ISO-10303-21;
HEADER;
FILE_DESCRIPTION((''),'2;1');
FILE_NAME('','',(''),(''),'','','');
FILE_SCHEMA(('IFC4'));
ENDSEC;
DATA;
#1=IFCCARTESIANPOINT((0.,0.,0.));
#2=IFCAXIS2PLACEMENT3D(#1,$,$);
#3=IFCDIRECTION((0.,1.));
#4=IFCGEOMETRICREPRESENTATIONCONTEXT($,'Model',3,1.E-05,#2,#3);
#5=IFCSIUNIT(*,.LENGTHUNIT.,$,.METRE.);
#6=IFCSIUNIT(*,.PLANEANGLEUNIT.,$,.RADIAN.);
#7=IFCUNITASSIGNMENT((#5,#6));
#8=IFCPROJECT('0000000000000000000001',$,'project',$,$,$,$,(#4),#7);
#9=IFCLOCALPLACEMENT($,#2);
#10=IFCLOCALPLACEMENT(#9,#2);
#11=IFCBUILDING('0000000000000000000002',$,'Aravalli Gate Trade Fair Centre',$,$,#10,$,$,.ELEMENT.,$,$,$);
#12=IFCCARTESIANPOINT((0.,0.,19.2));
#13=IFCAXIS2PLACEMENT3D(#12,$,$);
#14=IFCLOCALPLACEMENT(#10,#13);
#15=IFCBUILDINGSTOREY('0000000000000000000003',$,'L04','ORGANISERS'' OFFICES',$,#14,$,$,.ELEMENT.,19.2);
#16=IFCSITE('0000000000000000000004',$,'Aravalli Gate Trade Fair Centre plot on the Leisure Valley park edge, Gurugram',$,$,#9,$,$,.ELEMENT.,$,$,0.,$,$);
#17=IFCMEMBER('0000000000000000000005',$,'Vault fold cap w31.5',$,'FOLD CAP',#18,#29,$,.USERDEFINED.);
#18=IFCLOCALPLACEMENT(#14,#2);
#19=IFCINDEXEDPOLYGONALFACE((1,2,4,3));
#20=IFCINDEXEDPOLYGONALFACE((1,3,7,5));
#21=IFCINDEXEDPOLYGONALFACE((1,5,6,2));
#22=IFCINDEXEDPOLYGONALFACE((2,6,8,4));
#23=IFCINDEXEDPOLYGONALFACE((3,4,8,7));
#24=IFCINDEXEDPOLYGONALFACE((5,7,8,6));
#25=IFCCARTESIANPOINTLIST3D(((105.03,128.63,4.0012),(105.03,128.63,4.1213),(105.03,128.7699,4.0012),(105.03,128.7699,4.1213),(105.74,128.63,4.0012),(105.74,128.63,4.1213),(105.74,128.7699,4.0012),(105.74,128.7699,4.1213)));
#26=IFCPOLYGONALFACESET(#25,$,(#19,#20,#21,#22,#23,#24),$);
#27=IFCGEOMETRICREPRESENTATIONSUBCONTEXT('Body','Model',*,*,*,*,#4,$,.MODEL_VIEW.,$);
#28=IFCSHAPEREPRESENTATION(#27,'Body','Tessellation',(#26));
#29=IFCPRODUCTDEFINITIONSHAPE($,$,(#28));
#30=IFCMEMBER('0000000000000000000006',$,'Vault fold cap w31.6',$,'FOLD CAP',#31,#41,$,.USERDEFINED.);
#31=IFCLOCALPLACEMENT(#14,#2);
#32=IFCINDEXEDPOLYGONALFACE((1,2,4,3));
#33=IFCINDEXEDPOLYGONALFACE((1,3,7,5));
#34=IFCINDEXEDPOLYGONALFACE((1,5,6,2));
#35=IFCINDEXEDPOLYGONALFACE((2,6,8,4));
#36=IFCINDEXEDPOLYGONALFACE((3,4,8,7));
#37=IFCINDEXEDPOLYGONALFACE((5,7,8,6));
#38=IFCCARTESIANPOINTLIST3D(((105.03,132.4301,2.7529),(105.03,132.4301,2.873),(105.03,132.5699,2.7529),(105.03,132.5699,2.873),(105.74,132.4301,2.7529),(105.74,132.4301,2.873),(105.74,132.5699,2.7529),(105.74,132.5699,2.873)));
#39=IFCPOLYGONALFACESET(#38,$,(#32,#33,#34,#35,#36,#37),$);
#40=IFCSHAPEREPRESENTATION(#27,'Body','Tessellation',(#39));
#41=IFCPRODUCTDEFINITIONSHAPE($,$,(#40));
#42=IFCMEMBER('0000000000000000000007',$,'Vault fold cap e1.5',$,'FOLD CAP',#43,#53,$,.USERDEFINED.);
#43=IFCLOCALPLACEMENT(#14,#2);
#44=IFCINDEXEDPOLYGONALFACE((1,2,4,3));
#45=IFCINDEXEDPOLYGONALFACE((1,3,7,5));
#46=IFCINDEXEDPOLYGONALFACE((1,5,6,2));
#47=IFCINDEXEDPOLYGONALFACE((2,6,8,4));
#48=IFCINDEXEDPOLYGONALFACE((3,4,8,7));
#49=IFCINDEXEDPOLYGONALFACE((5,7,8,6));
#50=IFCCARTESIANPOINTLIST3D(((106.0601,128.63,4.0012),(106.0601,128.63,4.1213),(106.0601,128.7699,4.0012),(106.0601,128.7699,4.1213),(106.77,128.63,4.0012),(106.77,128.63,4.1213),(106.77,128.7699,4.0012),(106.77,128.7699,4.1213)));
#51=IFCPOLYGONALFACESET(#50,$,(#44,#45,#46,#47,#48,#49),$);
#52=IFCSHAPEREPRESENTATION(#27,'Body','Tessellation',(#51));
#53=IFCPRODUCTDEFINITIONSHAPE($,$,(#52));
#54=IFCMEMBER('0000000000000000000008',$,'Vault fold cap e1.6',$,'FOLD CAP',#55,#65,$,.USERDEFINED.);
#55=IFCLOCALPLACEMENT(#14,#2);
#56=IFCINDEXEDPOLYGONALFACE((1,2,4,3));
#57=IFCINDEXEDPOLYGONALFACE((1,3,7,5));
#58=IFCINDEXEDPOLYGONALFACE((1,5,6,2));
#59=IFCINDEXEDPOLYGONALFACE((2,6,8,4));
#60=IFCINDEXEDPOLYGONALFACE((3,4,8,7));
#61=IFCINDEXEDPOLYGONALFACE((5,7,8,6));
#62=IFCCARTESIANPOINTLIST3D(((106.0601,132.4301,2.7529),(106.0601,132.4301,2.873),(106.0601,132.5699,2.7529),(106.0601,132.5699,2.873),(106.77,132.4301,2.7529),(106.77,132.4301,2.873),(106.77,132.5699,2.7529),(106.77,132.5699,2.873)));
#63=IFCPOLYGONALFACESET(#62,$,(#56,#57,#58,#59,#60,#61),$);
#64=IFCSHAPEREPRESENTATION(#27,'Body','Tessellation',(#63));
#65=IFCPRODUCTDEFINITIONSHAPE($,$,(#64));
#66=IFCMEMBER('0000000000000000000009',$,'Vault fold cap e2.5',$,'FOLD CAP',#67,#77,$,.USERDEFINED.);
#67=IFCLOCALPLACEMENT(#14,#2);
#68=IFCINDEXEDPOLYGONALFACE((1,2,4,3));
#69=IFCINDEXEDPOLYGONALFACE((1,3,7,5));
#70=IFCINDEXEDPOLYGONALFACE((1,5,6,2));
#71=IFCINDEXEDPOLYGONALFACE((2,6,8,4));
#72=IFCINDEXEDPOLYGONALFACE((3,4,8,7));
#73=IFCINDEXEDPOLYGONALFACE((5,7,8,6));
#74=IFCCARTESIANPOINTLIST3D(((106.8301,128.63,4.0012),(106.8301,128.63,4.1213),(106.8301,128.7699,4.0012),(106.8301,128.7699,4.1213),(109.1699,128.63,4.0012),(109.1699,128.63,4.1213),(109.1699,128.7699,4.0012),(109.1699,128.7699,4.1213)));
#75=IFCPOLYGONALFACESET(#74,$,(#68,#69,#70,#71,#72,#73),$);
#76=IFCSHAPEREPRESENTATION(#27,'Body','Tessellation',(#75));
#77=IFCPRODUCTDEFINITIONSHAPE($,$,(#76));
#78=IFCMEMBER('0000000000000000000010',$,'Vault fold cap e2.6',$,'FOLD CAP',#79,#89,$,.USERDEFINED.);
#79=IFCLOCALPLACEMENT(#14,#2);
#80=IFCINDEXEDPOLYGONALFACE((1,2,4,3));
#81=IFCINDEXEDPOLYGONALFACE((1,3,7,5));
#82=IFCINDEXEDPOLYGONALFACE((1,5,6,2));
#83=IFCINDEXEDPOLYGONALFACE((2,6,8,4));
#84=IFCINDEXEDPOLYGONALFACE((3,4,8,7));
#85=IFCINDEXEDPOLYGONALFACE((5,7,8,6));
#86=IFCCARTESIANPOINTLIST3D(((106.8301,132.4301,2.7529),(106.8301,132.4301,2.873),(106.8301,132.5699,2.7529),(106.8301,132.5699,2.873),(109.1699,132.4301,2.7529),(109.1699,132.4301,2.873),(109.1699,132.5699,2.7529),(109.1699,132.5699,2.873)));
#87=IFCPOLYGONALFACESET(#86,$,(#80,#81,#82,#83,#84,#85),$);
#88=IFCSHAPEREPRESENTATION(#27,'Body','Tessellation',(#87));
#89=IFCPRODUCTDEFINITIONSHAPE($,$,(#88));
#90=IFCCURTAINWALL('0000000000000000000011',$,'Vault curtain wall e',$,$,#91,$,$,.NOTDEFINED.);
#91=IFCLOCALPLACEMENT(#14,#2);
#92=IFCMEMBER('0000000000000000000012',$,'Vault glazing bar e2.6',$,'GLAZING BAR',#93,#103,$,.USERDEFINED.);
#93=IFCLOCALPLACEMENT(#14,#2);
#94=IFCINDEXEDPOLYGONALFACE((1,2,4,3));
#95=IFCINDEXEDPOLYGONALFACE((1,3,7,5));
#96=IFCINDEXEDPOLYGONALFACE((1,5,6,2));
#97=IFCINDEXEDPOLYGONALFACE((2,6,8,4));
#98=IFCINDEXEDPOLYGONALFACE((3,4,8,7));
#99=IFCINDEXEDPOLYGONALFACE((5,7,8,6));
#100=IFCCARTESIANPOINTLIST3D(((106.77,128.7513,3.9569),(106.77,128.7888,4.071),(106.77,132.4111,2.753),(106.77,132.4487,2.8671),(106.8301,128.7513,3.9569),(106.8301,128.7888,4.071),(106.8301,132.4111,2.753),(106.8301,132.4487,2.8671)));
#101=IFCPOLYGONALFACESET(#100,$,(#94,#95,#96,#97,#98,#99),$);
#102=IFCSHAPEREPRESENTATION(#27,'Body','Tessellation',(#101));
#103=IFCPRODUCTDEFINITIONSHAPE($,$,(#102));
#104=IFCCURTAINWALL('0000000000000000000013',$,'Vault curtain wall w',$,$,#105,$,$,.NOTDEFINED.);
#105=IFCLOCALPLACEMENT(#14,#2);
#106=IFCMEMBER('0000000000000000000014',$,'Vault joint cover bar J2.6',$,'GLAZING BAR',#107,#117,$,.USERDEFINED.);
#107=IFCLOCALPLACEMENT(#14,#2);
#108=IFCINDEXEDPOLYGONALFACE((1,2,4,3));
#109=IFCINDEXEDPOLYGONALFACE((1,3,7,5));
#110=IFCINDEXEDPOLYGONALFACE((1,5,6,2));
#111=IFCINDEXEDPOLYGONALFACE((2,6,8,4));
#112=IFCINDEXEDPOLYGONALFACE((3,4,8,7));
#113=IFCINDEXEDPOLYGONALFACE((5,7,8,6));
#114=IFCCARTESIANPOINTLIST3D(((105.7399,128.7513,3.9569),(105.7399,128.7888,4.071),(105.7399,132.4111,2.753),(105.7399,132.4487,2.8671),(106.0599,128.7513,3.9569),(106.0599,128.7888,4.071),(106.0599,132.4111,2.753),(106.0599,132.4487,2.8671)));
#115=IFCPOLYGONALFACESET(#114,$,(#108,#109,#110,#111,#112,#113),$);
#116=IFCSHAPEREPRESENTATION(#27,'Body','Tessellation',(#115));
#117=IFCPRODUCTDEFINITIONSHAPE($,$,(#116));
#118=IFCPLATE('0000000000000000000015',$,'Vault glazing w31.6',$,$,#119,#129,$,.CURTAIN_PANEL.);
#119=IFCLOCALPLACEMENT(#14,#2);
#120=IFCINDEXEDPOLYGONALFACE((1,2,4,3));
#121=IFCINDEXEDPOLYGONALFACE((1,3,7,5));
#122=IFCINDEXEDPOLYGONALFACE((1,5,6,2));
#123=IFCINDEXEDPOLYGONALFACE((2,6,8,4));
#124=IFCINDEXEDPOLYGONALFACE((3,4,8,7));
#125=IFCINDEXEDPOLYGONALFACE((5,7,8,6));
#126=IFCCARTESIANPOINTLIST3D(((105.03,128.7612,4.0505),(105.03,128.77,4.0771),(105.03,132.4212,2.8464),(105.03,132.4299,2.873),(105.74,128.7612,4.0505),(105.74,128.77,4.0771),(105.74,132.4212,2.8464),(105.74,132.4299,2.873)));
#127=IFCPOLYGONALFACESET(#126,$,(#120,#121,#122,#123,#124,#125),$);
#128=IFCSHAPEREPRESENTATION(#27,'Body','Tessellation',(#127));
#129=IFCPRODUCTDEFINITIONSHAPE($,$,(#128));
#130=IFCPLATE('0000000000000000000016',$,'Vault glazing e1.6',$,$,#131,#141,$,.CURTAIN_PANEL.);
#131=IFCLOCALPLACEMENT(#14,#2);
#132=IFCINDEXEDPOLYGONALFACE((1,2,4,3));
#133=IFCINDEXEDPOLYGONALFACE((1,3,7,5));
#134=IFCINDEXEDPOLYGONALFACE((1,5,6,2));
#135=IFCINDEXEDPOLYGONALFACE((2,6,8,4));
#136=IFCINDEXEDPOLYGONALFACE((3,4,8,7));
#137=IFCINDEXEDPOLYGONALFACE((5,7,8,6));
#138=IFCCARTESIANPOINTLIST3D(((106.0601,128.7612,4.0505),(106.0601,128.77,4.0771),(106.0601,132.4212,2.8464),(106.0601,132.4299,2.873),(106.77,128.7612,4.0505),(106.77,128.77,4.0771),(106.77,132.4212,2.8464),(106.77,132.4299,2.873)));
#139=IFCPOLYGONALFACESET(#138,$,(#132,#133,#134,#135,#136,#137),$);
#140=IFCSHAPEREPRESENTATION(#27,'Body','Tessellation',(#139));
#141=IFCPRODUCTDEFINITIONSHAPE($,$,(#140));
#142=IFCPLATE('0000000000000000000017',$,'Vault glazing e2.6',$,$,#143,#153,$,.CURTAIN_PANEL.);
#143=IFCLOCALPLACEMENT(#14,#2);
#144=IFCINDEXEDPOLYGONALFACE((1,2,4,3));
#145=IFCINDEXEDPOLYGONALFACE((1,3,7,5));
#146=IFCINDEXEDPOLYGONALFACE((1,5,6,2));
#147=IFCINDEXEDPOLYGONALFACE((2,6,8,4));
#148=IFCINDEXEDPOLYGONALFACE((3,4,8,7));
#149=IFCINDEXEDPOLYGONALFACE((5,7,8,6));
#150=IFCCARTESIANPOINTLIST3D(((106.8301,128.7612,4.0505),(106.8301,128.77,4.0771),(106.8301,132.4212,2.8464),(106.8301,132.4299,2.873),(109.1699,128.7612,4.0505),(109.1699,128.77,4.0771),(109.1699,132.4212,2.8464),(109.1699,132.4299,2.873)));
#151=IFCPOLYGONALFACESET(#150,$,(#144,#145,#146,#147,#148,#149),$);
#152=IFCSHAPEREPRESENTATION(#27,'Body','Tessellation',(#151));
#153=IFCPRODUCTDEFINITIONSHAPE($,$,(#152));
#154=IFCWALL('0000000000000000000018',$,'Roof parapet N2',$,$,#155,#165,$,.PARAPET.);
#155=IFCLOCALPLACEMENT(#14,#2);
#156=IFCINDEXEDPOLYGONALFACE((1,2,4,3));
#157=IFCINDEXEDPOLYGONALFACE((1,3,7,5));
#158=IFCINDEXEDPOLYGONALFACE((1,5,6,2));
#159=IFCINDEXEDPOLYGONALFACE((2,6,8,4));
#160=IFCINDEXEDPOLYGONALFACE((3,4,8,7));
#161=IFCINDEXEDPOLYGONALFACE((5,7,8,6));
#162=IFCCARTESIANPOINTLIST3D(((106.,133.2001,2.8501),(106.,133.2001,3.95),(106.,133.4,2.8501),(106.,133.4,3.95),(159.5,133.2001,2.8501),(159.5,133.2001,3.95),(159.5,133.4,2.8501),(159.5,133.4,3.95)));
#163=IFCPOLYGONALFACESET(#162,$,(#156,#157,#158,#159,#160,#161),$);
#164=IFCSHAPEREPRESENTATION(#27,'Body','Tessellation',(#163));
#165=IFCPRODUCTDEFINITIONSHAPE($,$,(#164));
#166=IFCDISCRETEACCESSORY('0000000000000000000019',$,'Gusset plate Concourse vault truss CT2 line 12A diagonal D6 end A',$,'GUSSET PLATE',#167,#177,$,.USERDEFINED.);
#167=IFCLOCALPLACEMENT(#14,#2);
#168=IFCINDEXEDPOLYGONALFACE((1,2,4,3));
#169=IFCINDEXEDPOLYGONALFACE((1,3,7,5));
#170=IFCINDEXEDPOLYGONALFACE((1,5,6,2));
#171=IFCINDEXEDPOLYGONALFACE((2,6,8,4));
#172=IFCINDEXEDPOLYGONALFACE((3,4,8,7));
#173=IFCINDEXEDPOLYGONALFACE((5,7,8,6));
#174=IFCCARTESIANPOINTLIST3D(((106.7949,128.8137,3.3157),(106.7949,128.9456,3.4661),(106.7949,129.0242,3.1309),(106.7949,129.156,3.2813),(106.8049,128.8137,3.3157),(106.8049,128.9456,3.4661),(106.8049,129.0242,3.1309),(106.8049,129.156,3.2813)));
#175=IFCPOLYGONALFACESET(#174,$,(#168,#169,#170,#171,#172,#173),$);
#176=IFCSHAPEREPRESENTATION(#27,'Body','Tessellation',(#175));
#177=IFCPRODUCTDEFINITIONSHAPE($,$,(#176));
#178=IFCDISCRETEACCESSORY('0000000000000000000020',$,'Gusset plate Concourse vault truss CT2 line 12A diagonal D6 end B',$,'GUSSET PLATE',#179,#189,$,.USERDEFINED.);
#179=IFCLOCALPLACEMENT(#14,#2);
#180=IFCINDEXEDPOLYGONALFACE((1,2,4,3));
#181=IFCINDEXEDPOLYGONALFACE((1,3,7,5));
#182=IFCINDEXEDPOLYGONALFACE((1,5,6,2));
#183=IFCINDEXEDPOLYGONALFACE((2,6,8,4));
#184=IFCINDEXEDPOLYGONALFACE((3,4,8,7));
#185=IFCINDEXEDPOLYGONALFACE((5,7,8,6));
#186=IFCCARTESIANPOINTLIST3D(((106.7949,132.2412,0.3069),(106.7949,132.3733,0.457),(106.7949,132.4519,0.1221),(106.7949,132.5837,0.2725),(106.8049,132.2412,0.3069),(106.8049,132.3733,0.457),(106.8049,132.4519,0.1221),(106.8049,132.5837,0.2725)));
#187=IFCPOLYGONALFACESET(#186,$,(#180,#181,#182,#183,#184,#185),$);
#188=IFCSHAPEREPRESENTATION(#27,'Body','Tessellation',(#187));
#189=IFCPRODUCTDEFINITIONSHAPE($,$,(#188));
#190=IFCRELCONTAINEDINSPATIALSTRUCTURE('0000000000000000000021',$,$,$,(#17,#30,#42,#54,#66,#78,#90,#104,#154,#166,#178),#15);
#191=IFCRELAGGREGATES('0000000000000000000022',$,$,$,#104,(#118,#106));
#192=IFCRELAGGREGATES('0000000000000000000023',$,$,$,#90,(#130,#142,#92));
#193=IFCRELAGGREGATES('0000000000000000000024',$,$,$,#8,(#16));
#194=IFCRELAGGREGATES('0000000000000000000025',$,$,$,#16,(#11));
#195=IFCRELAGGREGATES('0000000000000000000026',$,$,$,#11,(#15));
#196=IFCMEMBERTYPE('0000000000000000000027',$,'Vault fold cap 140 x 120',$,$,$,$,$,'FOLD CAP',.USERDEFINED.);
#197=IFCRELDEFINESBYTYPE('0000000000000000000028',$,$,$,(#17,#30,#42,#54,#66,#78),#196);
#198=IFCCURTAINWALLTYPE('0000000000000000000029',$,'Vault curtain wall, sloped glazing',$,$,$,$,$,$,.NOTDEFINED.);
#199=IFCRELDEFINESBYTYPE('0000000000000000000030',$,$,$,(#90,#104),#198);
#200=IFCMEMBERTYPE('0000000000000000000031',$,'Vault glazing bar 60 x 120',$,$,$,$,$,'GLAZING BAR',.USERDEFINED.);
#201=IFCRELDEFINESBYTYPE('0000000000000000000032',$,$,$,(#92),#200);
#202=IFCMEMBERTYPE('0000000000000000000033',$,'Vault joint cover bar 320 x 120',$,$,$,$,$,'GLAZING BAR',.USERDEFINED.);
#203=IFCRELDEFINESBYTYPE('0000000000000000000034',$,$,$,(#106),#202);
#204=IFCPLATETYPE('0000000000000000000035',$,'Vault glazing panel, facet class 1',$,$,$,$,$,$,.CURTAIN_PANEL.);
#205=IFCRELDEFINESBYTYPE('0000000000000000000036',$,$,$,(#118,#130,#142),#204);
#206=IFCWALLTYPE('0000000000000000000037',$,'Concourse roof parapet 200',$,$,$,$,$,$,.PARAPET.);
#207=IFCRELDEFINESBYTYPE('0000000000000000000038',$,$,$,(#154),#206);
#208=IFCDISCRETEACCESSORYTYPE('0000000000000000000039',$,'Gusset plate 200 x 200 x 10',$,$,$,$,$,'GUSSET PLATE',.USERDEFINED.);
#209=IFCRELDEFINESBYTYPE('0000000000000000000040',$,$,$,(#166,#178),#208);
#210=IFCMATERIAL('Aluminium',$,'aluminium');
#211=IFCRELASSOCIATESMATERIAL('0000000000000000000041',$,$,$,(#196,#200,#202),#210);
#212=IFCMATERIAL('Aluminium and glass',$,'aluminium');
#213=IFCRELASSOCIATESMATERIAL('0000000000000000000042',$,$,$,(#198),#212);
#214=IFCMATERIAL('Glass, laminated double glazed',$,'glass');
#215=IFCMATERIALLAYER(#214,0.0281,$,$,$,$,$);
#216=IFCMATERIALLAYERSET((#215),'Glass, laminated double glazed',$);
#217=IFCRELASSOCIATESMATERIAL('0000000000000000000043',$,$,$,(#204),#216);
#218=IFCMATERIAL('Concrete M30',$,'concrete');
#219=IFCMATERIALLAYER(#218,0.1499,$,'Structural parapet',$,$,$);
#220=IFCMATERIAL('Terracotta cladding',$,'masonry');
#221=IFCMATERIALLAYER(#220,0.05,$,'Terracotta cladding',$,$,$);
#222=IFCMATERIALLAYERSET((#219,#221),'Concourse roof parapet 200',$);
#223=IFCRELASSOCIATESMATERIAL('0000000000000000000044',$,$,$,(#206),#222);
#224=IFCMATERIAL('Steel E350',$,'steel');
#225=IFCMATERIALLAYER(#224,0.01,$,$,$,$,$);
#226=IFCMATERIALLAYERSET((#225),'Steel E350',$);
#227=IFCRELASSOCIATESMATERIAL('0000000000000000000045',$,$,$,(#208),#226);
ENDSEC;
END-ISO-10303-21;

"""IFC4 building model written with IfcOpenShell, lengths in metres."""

from ifc_helpers import new_model, si_unit, direction, frame, frame_2d, origin, origin_2d, place, context, subcontext, project, spatial, polyline, rectangle, outline, extrude, material, layer, layer_set, material_profile, profile_set, type_object, element, aggregate, save


model = new_model("IFC4")

# Units and contexts
model_context = context("Model", 3, precision=1e-05, world=origin(), true_north=direction((0.0, 1.0)))
body_context = subcontext(model_context, "Body", "Model", "MODEL_VIEW")
ifc_project = project(units=[si_unit("LENGTHUNIT", "METRE"), si_unit("PLANEANGLEUNIT", "RADIAN")], contexts=[model_context])

# Site, building, storey
site_placement = place(None, origin())
site = spatial("IfcSite", under=ifc_project, at=site_placement, Name="Aravalli Gate Trade Fair Centre plot on the Leisure Valley park edge, Gurugram", CompositionType="ELEMENT", RefElevation=0.0)
building_placement = place(site_placement, origin())
building = spatial("IfcBuilding", under=site, at=building_placement, Name="Aravalli Gate Trade Fair Centre", CompositionType="ELEMENT")
storey_placement = place(building_placement, frame((0.0, 0.0, 19.2)))
storey = spatial("IfcBuildingStorey", under=building, at=storey_placement, Name="L04", Description="ORGANISERS' OFFICES", CompositionType="ELEMENT", Elevation=19.2)

# Members
ifc_material_1 = material(Name="Steel E350", Category="steel")
ifc_material_2 = material(Name="Aluminium", Category="aluminium")
ifc_material_profile_1 = material_profile(ifc_material_2, rectangle(XDim=0.1399, YDim=0.1201, at=origin_2d()), Name="Vault fold cap 140 x 120")
ifc_profile_set_1 = profile_set([ifc_material_profile_1], Name="Aluminium")
member_type_1 = type_object("IfcMemberType", Name="Vault fold cap 140 x 120", ElementType="FOLD CAP", PredefinedType="USERDEFINED", material=ifc_profile_set_1)
for number, where, z_axis, x_axis, name in (
    (1, (105.03, 128.7, 4.0613), (1.0, 0.0, 0.0), (0.0, 1.0, 0.0), "Vault fold cap w31.5"),
    (2, (105.03, 132.5, 2.813), (1.0, 0.0, 0.0), (0.0, 1.0, 0.0), "Vault fold cap w31.6"),
    (3, (106.0601, 128.7, 4.0613), (1.0, 0.0, 0.0), (0.0, 1.0, 0.0), "Vault fold cap e1.5"),
    (4, (106.0601, 132.5, 2.813), (1.0, 0.0, 0.0), (0.0, 1.0, 0.0), "Vault fold cap e1.6"),
):
    element("IfcMember", number, at=place(storey_placement, frame(where, z_axis=z_axis, x_axis=x_axis)), inside=storey, type_object=member_type_1, Name=name, ObjectType="FOLD CAP", PredefinedType="USERDEFINED", context=body_context, shape_type="SweptSolid", body=[
        extrude(rectangle(XDim=0.1399, YDim=0.1201, at=origin_2d()), origin(), (0.0, 0.0, 1.0), 0.71),
    ])
for number, where, z_axis, x_axis, name in (
    (5, (106.8301, 128.7, 4.0613), (1.0, 0.0, 0.0), (0.0, 1.0, 0.0), "Vault fold cap e2.5"),
    (6, (106.8301, 132.5, 2.813), (1.0, 0.0, 0.0), (0.0, 1.0, 0.0), "Vault fold cap e2.6"),
):
    element("IfcMember", number, at=place(storey_placement, frame(where, z_axis=z_axis, x_axis=x_axis)), inside=storey, type_object=member_type_1, Name=name, ObjectType="FOLD CAP", PredefinedType="USERDEFINED", context=body_context, shape_type="SweptSolid", body=[
        extrude(rectangle(XDim=0.1399, YDim=0.1201, at=origin_2d()), origin(), (0.0, 0.0, 1.0), 2.3398),
    ])

# Curtain wall, member
ifc_material_3 = material(Name="Aluminium and glass", Category="aluminium")
curtain_wall_type = type_object("IfcCurtainWallType", Name="Vault curtain wall, sloped glazing", PredefinedType="NOTDEFINED", material=ifc_material_3)
curtain_wall_1_placement = place(storey_placement, origin())
curtain_wall_1 = element("IfcCurtainWall", 7, at=curtain_wall_1_placement, inside=storey, type_object=curtain_wall_type, Name="Vault curtain wall e", PredefinedType="NOTDEFINED")
ifc_material_profile_2 = material_profile(ifc_material_2, rectangle(XDim=0.0601, YDim=0.1201, at=origin_2d()), Name="Vault glazing bar 60 x 120")
ifc_profile_set_2 = profile_set([ifc_material_profile_2], Name="Aluminium")
member_type_2 = type_object("IfcMemberType", Name="Vault glazing bar 60 x 120", ElementType="GLAZING BAR", PredefinedType="USERDEFINED", material=ifc_profile_set_2)
member_1_placement = place(storey_placement, frame((106.8, 128.77, 4.0139), z_axis=(0.0, 0.94993, -0.312461), x_axis=(-1.0, 0.0, 0.0)))
member_1 = element("IfcMember", 8, at=member_1_placement, type_object=member_type_2, Name="Vault glazing bar e2.6", ObjectType="GLAZING BAR", PredefinedType="USERDEFINED", context=body_context, shape_type="SweptSolid", body=[
    extrude(rectangle(XDim=0.0601, YDim=0.1201, at=origin_2d()), origin(), (0.0, 0.0, 1.0), 3.8528),
])

# Curtain wall, member, plate
curtain_wall_2_placement = place(storey_placement, origin())
curtain_wall_2 = element("IfcCurtainWall", 9, at=curtain_wall_2_placement, inside=storey, type_object=curtain_wall_type, Name="Vault curtain wall w", PredefinedType="NOTDEFINED")
ifc_material_profile_3 = material_profile(ifc_material_2, rectangle(XDim=0.3201, YDim=0.1201, at=origin_2d()), Name="Vault joint cover bar 320 x 120")
ifc_profile_set_3 = profile_set([ifc_material_profile_3], Name="Aluminium")
member_type_3 = type_object("IfcMemberType", Name="Vault joint cover bar 320 x 120", ElementType="GLAZING BAR", PredefinedType="USERDEFINED", material=ifc_profile_set_3)
member_2_placement = place(storey_placement, frame((105.8999, 128.77, 4.0139), z_axis=(0.0, 0.94993, -0.312461), x_axis=(-1.0, 0.0, 0.0)))
member_2 = element("IfcMember", 10, at=member_2_placement, type_object=member_type_3, Name="Vault joint cover bar J2.6", ObjectType="GLAZING BAR", PredefinedType="USERDEFINED", context=body_context, shape_type="SweptSolid", body=[
    extrude(rectangle(XDim=0.3201, YDim=0.1201, at=origin_2d()), origin(), (0.0, 0.0, 1.0), 3.8528),
])
ifc_material_4 = material(Name="Glass, laminated double glazed", Category="glass")
ifc_layer_1 = layer(ifc_material_4, 0.0281)
ifc_layer_set_1 = layer_set([ifc_layer_1], Name="Glass, laminated double glazed")
plate_type = type_object("IfcPlateType", Name="Vault glazing panel, facet class 1", PredefinedType="CURTAIN_PANEL", material=ifc_layer_set_1)
plate_1_placement = place(storey_placement, frame((105.03, 128.77, 4.0771), z_axis=(0.0, 0.312518, 0.949912), x_axis=(1.0, 0.0, 0.0)))
plate_1 = element("IfcPlate", 11, at=plate_1_placement, type_object=plate_type, Name="Vault glazing w31.6", PredefinedType="CURTAIN_PANEL", context=body_context, shape_type="SweptSolid", body=[
    extrude(outline(polyline([(0.0, 0.0), (0.71, 0.0), (0.71, 3.8529), (0.0, 3.8529), (0.0, 0.0)])), origin(), (0.0, 0.0, -1.0), 0.0281),
])
aggregate(curtain_wall_2, [plate_1, member_2])

# Plates
plate_2_placement = place(storey_placement, frame((106.0601, 128.77, 4.0771), z_axis=(0.0, 0.312518, 0.949912), x_axis=(1.0, 0.0, 0.0)))
plate_2 = element("IfcPlate", 12, at=plate_2_placement, type_object=plate_type, Name="Vault glazing e1.6", PredefinedType="CURTAIN_PANEL", context=body_context, shape_type="SweptSolid", body=[
    extrude(outline(polyline([(0.0, 0.0), (0.71, 0.0), (0.71, 3.8529), (0.0, 3.8529), (0.0, 0.0)])), origin(), (0.0, 0.0, -1.0), 0.0281),
])
plate_3_placement = place(storey_placement, frame((106.8301, 128.77, 4.0771), z_axis=(0.0, 0.312518, 0.949912), x_axis=(1.0, 0.0, 0.0)))
plate_3 = element("IfcPlate", 13, at=plate_3_placement, type_object=plate_type, Name="Vault glazing e2.6", PredefinedType="CURTAIN_PANEL", context=body_context, shape_type="SweptSolid", body=[
    extrude(outline(polyline([(0.0, 0.0), (2.3398, 0.0), (2.3398, 3.8529), (0.0, 3.8529), (0.0, 0.0)])), origin(), (0.0, 0.0, -1.0), 0.0281),
])
aggregate(curtain_wall_1, [plate_2, plate_3, member_1])

# Wall
ifc_material_5 = material(Name="Concrete M30", Category="concrete")
ifc_layer_2 = layer(ifc_material_5, 0.1499, Name="Structural parapet")
ifc_material_6 = material(Name="Terracotta cladding", Category="masonry")
ifc_layer_3 = layer(ifc_material_6, 0.05, Name="Terracotta cladding")
ifc_layer_set_2 = layer_set([ifc_layer_2, ifc_layer_3], Name="Concourse roof parapet 200")
wall_type = type_object("IfcWallType", Name="Concourse roof parapet 200", PredefinedType="PARAPET", material=ifc_layer_set_2)
wall_placement = place(storey_placement, frame((106.0, 133.3, 2.8501), z_axis=(0.0, 0.0, 1.0), x_axis=(1.0, 0.0, 0.0)))
element("IfcWall", 14, at=wall_placement, inside=storey, type_object=wall_type, Name="Roof parapet N2", PredefinedType="PARAPET", context=body_context, shape_type="SweptSolid", body=[
    extrude(rectangle(XDim=53.5, YDim=0.2, at=frame_2d((26.75, 0.0))), origin(), (0.0, 0.0, 1.0), 1.0999),
])

# Discrete accessories
ifc_layer_4 = layer(ifc_material_1, 0.01)
ifc_layer_set_3 = layer_set([ifc_layer_4], Name="Steel E350")
discrete_accessory_type = type_object("IfcDiscreteAccessoryType", Name="Gusset plate 200 x 200 x 10", ElementType="GUSSET PLATE", PredefinedType="USERDEFINED", material=ifc_layer_set_3)
discrete_accessory_1_placement = place(storey_placement, frame((106.7949, 129.0242, 3.1309), z_axis=(-1.0, 0.0, 0.0), x_axis=(0.0, -0.751388, 0.659861)))
element("IfcDiscreteAccessory", 15, at=discrete_accessory_1_placement, inside=storey, type_object=discrete_accessory_type, Name="Gusset plate Concourse vault truss CT2 line 12A diagonal D6 end A", ObjectType="GUSSET PLATE", PredefinedType="USERDEFINED", context=body_context, shape_type="SweptSolid", body=[
    extrude(outline(polyline([(0.0, 0.0), (0.2801, 0.0), (0.2803, 0.2), (0.0002, 0.2), (0.0, 0.0)])), origin(), (0.0, 0.0, -1.0), 0.01),
])
discrete_accessory_2_placement = place(storey_placement, frame((106.8049, 132.2412, 0.3069), z_axis=(1.0, 0.0, 0.0), x_axis=(0.0, 0.751767, -0.659429)))
element("IfcDiscreteAccessory", 16, at=discrete_accessory_2_placement, inside=storey, type_object=discrete_accessory_type, Name="Gusset plate Concourse vault truss CT2 line 12A diagonal D6 end B", ObjectType="GUSSET PLATE", PredefinedType="USERDEFINED", context=body_context, shape_type="SweptSolid", body=[
    extrude(outline(polyline([(0.0, 0.0), (0.2803, 0.0), (0.2802, 0.2), (0.0003, 0.2), (0.0, 0.0)])), origin(), (0.0, 0.0, -1.0), 0.01),
])

save(model, "model.ifc")
